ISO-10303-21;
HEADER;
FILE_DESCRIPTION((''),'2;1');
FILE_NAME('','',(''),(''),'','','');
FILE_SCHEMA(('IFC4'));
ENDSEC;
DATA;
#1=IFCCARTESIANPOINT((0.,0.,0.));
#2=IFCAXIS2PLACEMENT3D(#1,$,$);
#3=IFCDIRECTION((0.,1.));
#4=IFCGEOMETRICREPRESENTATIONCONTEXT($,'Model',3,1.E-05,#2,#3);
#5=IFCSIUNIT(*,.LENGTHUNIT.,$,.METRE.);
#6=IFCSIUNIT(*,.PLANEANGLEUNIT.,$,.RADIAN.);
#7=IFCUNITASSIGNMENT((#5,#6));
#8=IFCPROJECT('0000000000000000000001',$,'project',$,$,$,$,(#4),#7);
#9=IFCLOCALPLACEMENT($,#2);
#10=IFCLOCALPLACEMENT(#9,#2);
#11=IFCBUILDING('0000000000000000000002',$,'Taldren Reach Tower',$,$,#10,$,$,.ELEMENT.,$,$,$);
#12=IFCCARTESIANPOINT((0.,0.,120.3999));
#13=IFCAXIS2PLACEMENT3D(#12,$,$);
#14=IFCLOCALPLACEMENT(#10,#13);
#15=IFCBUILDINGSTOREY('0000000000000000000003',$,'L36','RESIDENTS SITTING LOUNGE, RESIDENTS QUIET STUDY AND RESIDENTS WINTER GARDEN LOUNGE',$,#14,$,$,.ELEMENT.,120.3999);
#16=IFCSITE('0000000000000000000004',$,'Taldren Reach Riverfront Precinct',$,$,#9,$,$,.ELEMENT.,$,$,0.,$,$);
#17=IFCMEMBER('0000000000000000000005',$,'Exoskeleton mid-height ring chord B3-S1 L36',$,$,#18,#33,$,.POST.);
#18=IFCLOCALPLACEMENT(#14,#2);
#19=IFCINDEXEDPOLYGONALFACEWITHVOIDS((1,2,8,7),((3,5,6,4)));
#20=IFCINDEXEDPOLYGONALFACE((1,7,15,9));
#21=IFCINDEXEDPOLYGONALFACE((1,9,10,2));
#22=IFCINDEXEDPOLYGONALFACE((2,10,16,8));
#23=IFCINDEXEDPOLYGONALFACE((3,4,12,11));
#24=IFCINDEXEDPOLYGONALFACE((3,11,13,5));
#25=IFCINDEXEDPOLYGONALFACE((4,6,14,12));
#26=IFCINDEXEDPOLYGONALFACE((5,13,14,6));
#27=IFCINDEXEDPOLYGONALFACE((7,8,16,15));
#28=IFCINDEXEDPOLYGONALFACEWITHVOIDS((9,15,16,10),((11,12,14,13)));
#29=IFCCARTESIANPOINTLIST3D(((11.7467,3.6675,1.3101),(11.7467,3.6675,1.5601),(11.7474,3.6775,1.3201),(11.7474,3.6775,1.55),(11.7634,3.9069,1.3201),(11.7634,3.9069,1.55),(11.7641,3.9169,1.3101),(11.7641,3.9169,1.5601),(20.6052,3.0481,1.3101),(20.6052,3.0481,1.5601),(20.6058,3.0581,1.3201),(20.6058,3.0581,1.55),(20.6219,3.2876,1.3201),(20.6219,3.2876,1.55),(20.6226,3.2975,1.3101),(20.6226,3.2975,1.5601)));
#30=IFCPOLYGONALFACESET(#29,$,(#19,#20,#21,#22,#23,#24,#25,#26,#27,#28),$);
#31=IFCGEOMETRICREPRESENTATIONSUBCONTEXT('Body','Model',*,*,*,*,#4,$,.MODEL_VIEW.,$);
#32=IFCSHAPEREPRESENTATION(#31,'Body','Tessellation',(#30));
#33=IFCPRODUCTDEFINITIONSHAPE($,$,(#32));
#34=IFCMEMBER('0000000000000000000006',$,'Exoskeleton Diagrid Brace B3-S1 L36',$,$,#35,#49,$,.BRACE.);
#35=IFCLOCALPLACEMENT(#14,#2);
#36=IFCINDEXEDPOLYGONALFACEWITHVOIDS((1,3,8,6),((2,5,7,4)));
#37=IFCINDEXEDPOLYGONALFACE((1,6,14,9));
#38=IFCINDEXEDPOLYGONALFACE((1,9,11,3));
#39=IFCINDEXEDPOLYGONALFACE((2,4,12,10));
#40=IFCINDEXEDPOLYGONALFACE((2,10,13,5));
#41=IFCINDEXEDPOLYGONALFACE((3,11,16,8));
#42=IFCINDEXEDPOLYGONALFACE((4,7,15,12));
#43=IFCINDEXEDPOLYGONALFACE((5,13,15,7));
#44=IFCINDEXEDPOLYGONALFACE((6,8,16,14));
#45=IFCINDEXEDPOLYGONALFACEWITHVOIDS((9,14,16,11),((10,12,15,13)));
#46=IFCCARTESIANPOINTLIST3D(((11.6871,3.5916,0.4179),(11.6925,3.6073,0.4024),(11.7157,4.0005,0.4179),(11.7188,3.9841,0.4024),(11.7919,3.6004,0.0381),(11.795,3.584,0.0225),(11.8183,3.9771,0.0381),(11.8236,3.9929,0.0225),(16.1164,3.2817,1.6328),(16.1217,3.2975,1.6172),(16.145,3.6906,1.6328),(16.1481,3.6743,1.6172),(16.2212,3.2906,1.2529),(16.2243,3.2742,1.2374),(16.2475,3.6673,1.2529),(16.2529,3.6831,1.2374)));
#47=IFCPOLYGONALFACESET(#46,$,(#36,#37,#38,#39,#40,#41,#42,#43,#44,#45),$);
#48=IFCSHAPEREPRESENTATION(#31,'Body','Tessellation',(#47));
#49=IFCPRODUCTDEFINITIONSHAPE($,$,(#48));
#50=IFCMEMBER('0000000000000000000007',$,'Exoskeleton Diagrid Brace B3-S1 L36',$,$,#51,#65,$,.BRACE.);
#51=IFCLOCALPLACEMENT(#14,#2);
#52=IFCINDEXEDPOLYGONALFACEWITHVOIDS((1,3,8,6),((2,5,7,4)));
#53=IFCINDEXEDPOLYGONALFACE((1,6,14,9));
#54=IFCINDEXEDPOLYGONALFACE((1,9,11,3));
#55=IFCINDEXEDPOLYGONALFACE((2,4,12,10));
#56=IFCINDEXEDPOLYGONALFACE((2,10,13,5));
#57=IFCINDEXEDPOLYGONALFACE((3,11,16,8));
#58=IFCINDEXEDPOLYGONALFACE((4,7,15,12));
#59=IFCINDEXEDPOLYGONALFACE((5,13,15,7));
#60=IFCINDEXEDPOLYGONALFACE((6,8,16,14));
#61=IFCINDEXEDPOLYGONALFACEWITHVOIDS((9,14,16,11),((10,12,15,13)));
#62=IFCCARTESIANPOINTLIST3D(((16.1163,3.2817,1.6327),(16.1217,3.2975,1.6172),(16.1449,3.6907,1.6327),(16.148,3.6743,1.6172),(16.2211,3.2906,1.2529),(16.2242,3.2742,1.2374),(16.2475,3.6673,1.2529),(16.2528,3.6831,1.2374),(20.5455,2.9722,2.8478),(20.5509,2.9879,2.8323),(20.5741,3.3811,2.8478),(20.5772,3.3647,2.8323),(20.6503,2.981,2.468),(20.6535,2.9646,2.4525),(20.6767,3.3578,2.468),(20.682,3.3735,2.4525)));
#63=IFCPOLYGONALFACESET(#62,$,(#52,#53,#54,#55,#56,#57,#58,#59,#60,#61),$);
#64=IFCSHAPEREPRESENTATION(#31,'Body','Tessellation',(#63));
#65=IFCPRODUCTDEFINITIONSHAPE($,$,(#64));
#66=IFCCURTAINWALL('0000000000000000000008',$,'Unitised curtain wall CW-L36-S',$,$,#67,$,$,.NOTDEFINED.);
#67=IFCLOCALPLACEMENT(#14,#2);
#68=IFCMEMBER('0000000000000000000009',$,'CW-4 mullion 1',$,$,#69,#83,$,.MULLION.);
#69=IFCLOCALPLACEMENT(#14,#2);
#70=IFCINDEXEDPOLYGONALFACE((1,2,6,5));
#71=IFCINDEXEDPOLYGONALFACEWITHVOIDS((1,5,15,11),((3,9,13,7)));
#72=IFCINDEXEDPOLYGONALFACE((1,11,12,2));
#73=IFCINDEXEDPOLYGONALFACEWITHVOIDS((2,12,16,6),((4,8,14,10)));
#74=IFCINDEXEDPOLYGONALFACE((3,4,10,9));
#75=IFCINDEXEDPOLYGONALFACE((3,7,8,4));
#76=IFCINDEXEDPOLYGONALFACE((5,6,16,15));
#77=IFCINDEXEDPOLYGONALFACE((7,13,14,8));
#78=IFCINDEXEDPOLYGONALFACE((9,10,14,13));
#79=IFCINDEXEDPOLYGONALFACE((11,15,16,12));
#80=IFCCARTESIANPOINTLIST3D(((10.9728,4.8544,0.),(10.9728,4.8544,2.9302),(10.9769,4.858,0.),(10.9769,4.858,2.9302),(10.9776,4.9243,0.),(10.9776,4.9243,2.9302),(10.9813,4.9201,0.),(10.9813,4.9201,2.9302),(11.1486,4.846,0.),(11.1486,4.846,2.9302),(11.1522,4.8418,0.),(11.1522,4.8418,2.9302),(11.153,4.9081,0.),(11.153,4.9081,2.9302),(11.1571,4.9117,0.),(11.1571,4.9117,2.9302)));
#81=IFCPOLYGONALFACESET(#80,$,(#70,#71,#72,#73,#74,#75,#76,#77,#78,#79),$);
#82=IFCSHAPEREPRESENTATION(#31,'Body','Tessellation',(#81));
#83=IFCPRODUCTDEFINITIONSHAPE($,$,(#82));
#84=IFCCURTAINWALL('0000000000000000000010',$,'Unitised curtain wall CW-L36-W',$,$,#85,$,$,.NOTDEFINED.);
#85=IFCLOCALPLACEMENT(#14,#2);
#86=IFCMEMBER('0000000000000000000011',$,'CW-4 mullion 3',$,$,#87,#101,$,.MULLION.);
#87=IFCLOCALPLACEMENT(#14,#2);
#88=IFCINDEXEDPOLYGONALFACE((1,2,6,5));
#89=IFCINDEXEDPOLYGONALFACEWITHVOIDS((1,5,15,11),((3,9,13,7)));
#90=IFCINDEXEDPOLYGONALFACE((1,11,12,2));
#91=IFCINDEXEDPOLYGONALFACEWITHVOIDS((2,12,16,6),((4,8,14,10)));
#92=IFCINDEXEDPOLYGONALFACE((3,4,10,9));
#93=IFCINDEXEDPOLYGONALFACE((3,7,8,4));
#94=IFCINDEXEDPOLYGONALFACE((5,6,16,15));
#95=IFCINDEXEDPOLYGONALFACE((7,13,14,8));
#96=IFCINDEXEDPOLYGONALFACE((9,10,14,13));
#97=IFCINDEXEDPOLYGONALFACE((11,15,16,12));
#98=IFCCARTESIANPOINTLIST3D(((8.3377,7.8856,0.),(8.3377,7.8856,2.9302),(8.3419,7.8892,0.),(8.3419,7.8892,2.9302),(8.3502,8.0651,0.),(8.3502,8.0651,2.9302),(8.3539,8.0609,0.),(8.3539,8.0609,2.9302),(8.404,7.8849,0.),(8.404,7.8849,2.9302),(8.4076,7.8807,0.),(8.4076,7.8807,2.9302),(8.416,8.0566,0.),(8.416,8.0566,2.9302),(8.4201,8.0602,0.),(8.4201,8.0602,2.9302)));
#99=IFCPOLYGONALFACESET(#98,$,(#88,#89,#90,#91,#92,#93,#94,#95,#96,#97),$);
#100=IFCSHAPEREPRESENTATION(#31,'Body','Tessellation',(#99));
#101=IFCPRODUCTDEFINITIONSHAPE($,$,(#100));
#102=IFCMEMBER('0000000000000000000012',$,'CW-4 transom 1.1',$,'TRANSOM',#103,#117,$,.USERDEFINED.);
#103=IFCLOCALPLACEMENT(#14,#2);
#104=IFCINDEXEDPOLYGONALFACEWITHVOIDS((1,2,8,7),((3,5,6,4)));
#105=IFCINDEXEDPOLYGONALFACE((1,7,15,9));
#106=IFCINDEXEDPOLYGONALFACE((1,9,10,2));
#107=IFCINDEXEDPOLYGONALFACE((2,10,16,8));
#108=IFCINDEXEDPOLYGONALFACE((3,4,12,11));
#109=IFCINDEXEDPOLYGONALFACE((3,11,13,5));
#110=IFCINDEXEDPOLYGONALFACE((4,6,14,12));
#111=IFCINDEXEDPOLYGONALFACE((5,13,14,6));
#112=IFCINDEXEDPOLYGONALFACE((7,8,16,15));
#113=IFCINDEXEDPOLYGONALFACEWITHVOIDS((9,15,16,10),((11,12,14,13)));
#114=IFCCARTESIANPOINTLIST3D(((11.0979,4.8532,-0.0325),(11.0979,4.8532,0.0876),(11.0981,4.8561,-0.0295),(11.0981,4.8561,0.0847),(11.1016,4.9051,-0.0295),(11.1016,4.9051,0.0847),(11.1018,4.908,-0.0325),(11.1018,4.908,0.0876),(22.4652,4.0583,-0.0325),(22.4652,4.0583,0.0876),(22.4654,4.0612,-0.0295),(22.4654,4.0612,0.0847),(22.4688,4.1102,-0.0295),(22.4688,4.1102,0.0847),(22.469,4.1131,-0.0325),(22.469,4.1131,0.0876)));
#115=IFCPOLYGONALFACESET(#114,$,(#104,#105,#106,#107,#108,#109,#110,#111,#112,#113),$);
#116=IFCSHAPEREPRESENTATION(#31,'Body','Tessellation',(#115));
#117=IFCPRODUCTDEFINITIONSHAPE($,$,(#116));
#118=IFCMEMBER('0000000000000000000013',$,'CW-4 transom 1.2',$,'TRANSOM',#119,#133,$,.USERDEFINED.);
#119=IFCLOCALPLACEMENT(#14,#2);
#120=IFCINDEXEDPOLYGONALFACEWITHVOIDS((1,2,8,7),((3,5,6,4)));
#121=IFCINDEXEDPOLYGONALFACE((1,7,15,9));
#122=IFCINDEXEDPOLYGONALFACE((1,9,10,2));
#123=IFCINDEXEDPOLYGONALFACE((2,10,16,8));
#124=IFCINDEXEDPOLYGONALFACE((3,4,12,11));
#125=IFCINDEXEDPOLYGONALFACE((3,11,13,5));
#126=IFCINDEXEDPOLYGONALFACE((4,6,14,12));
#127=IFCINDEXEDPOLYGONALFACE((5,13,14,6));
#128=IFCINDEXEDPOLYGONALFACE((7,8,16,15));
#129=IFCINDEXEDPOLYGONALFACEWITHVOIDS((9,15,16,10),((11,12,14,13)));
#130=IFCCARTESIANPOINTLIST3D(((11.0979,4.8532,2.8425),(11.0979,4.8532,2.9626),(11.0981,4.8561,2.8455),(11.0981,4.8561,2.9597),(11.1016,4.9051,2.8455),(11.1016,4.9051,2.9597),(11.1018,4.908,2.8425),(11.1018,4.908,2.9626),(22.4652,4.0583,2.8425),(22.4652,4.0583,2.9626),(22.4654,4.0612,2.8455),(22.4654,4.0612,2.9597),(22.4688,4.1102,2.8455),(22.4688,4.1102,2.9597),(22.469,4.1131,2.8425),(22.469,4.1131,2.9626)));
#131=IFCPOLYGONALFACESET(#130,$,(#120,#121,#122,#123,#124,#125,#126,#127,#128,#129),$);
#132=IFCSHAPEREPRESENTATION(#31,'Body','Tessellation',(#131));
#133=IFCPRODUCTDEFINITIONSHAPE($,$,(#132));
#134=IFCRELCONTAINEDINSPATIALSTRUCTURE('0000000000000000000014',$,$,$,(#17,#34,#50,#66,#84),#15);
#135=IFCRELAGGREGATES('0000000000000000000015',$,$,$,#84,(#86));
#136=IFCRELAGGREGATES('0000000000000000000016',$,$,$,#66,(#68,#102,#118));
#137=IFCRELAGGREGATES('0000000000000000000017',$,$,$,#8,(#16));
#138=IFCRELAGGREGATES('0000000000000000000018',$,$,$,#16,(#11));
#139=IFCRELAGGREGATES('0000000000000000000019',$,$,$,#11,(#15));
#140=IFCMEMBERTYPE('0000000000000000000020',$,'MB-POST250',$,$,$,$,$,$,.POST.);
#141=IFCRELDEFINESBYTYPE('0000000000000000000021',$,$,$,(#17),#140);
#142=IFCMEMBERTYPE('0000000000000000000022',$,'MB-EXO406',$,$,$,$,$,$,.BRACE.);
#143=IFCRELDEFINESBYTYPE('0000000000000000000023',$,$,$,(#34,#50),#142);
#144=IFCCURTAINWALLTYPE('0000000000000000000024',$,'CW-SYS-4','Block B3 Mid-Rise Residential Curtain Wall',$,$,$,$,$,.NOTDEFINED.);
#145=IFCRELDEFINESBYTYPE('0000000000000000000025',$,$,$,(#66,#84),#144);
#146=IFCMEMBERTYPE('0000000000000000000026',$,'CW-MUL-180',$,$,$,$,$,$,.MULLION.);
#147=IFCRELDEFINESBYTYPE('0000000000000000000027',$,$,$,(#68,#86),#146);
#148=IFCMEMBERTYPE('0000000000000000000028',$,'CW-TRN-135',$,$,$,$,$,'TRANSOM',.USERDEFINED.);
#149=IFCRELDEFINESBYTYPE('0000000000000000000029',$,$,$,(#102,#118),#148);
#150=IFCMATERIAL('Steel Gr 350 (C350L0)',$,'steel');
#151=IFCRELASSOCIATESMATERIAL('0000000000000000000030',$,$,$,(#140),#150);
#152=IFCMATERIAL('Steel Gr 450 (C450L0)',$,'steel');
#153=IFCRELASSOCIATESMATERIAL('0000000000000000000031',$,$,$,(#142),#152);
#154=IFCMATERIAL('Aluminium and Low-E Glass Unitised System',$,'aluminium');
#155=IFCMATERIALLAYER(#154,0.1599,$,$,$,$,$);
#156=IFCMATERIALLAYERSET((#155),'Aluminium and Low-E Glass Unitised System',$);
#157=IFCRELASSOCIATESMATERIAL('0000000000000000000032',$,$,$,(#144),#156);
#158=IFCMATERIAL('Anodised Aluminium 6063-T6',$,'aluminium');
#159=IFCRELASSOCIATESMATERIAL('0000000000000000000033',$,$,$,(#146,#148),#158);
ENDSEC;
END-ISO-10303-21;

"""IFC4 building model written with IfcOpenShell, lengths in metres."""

from ifc_helpers import new_model, si_unit, direction, frame, origin, origin_2d, place, context, subcontext, project, spatial, hollow_rectangle, extrude, source, transform, mapped, material, layer, layer_set, material_profile, profile_set, type_object, element, aggregate, save


model = new_model("IFC4")

# Units and contexts
model_context = context("Model", 3, precision=1e-05, world=origin(), true_north=direction((0.0, 1.0)))
body_context = subcontext(model_context, "Body", "Model", "MODEL_VIEW")
ifc_project = project(units=[si_unit("LENGTHUNIT", "METRE"), si_unit("PLANEANGLEUNIT", "RADIAN")], contexts=[model_context])

# Site, building, storey
site_placement = place(None, origin())
site = spatial("IfcSite", under=ifc_project, at=site_placement, Name="Taldren Reach Riverfront Precinct", CompositionType="ELEMENT", RefElevation=0.0)
building_placement = place(site_placement, origin())
building = spatial("IfcBuilding", under=site, at=building_placement, Name="Taldren Reach Tower", CompositionType="ELEMENT")
storey_placement = place(building_placement, frame((0.0, 0.0, 120.3999)))
storey = spatial("IfcBuildingStorey", under=building, at=storey_placement, Name="L36", Description="RESIDENTS SITTING LOUNGE, RESIDENTS QUIET STUDY AND RESIDENTS WINTER GARDEN LOUNGE", CompositionType="ELEMENT", Elevation=120.3999)

# Shared definitions
ifc_material_1 = material(Name="Steel Gr 450 (C450L0)", Category="steel")

# Shared definitions
ifc_material_2 = material(Name="Steel Gr 350 (C350L0)", Category="steel")
ifc_material_profile_1 = material_profile(ifc_material_2, hollow_rectangle(XDim=0.25, YDim=0.25, WallThickness=0.01, at=origin_2d()), Name="250x250x10.0SHS")
ifc_profile_set_1 = profile_set([ifc_material_profile_1], Name="Steel Gr 350 (C350L0)")
member_type_1 = type_object("IfcMemberType", Name="MB-POST250", PredefinedType="POST", material=ifc_profile_set_1)

# Members
shared_shape_1 = source(origin(), body_context, "Body", "SweptSolid", [
    extrude(hollow_rectangle(XDim=0.25, YDim=0.25, WallThickness=0.01, at=origin_2d()), origin(), (0.0, 0.0, 1.0), 8.8801),
])
member_1_placement = place(storey_placement, frame((11.7554, 3.7922, 1.4351), z_axis=(0.997564, -0.06975, 0.0), x_axis=(0.06975, 0.997564, 0.0)))
element("IfcMember", 1, at=member_1_placement, inside=storey, type_object=member_type_1, Name="Exoskeleton mid-height ring chord B3-S1 L36", PredefinedType="POST", context=body_context, shape_type="MappedRepresentation", body=[
    mapped(shared_shape_1, transform((0.0, 0.0, 0.0), scale=1.0)),
])
ifc_material_profile_2 = material_profile(ifc_material_1, hollow_rectangle(XDim=0.4099, YDim=0.4099, WallThickness=0.0161, at=origin_2d()), Name="410x410x16.0SHS")
ifc_profile_set_2 = profile_set([ifc_material_profile_2], Name="Steel Gr 450 (C450L0)")
member_type_2 = type_object("IfcMemberType", Name="MB-EXO406", PredefinedType="BRACE", material=ifc_profile_set_2)
shared_shape_2 = source(origin(), body_context, "Body", "SweptSolid", [
    extrude(hollow_rectangle(XDim=0.4099, YDim=0.4099, WallThickness=0.0161, at=origin_2d()), origin(), (0.0, 0.0, 1.0), 4.6033),
])
for number, where, z_axis, x_axis, name in (
    (2, (11.7554, 3.7922, 0.2202), (0.962196, -0.067304, 0.263912), (0.069778, 0.997563, 0.0), "Exoskeleton Diagrid Brace B3-S1 L36"),
    (3, (16.1846, 3.4824, 1.4351), (0.962186, -0.06725, 0.263962), (0.069723, 0.997566, 0.0), "Exoskeleton Diagrid Brace B3-S1 L36"),
):
    element("IfcMember", number, at=place(storey_placement, frame(where, z_axis=z_axis, x_axis=x_axis)), inside=storey, type_object=member_type_2, Name=name, PredefinedType="BRACE", context=body_context, shape_type="MappedRepresentation", body=[
        mapped(shared_shape_2, transform((0.0, 0.0, 0.0), scale=1.0)),
    ])

# Curtain walls, members
ifc_material_3 = material(Name="Aluminium and Low-E Glass Unitised System", Category="aluminium")
ifc_layer_1 = layer(ifc_material_3, 0.1599)
ifc_layer_set_1 = layer_set([ifc_layer_1], Name="Aluminium and Low-E Glass Unitised System")
curtain_wall_type = type_object("IfcCurtainWallType", Name="CW-SYS-4", Description="Block B3 Mid-Rise Residential Curtain Wall", PredefinedType="NOTDEFINED", material=ifc_layer_set_1)
curtain_wall_1_placement = place(storey_placement, origin())
curtain_wall_1 = element("IfcCurtainWall", 4, at=curtain_wall_1_placement, inside=storey, type_object=curtain_wall_type, Name="Unitised curtain wall CW-L36-S", PredefinedType="NOTDEFINED")
ifc_material_4 = material(Name="Anodised Aluminium 6063-T6", Category="aluminium")
ifc_material_profile_3 = material_profile(ifc_material_4, hollow_rectangle(XDim=0.0701, YDim=0.1799, WallThickness=0.0039, at=origin_2d()), Name="ALU-180x70x4RHS")
ifc_profile_set_3 = profile_set([ifc_material_profile_3], Name="Anodised Aluminium 6063-T6")
member_type_3 = type_object("IfcMemberType", Name="CW-MUL-180", PredefinedType="MULLION", material=ifc_profile_set_3)
shared_shape_3 = source(origin(), body_context, "Body", "SweptSolid", [
    extrude(hollow_rectangle(XDim=0.0701, YDim=0.1799, WallThickness=0.0039, at=origin_2d()), origin(), (0.0, 0.0, 1.0), 2.9302),
])
member_2_placement = place(storey_placement, frame((11.0649, 4.8831, 0.0), z_axis=(0.0, 0.0, 1.0), x_axis=(0.069757, 0.997564, 0.0)))
member_2 = element("IfcMember", 5, at=member_2_placement, type_object=member_type_3, Name="CW-4 mullion 1", PredefinedType="MULLION", context=body_context, shape_type="MappedRepresentation", body=[
    mapped(shared_shape_3, transform((0.0, 0.0, 0.0), scale=1.0)),
])
curtain_wall_2_placement = place(storey_placement, origin())
curtain_wall_2 = element("IfcCurtainWall", 6, at=curtain_wall_2_placement, inside=storey, type_object=curtain_wall_type, Name="Unitised curtain wall CW-L36-W", PredefinedType="NOTDEFINED")
member_3_placement = place(storey_placement, frame((8.3789, 7.9729, 0.0), z_axis=(0.0, 0.0, 1.0), x_axis=(0.997564, -0.069756, 0.0)))
member_3 = element("IfcMember", 7, at=member_3_placement, type_object=member_type_3, Name="CW-4 mullion 3", PredefinedType="MULLION", context=body_context, shape_type="MappedRepresentation", body=[
    mapped(shared_shape_3, transform((0.0, 0.0, 0.0), scale=1.0)),
])
aggregate(curtain_wall_2, [member_3])

# Members
ifc_material_profile_4 = material_profile(ifc_material_4, hollow_rectangle(XDim=0.0549, YDim=0.1201, WallThickness=0.0029, at=origin_2d()), Name="ALU-120x55x3RHS")
ifc_profile_set_4 = profile_set([ifc_material_profile_4], Name="Anodised Aluminium 6063-T6")
member_type_4 = type_object("IfcMemberType", Name="CW-TRN-135", ElementType="TRANSOM", PredefinedType="USERDEFINED", material=ifc_profile_set_4)
shared_shape_4 = source(origin(), body_context, "Body", "SweptSolid", [
    extrude(hollow_rectangle(XDim=0.0549, YDim=0.1201, WallThickness=0.0029, at=origin_2d()), origin(), (0.0, 0.0, 1.0), 11.395),
])
member_4_placement = place(storey_placement, frame((11.0999, 4.8806, 0.0276), z_axis=(0.997564, -0.069761, 0.0), x_axis=(0.069761, 0.997564, 0.0)))
member_4 = element("IfcMember", 8, at=member_4_placement, type_object=member_type_4, Name="CW-4 transom 1.1", ObjectType="TRANSOM", PredefinedType="USERDEFINED", context=body_context, shape_type="MappedRepresentation", body=[
    mapped(shared_shape_4, transform((0.0, 0.0, 0.0), scale=1.0)),
])
member_5_placement = place(storey_placement, frame((11.0999, 4.8806, 2.9026), z_axis=(0.997564, -0.069761, 0.0), x_axis=(0.069761, 0.997564, 0.0)))
member_5 = element("IfcMember", 9, at=member_5_placement, type_object=member_type_4, Name="CW-4 transom 1.2", ObjectType="TRANSOM", PredefinedType="USERDEFINED", context=body_context, shape_type="MappedRepresentation", body=[
    mapped(shared_shape_4, transform((0.0, 0.0, 0.0), scale=1.0)),
])

aggregate(curtain_wall_1, [member_2, member_4, member_5])

save(model, "model.ifc")
